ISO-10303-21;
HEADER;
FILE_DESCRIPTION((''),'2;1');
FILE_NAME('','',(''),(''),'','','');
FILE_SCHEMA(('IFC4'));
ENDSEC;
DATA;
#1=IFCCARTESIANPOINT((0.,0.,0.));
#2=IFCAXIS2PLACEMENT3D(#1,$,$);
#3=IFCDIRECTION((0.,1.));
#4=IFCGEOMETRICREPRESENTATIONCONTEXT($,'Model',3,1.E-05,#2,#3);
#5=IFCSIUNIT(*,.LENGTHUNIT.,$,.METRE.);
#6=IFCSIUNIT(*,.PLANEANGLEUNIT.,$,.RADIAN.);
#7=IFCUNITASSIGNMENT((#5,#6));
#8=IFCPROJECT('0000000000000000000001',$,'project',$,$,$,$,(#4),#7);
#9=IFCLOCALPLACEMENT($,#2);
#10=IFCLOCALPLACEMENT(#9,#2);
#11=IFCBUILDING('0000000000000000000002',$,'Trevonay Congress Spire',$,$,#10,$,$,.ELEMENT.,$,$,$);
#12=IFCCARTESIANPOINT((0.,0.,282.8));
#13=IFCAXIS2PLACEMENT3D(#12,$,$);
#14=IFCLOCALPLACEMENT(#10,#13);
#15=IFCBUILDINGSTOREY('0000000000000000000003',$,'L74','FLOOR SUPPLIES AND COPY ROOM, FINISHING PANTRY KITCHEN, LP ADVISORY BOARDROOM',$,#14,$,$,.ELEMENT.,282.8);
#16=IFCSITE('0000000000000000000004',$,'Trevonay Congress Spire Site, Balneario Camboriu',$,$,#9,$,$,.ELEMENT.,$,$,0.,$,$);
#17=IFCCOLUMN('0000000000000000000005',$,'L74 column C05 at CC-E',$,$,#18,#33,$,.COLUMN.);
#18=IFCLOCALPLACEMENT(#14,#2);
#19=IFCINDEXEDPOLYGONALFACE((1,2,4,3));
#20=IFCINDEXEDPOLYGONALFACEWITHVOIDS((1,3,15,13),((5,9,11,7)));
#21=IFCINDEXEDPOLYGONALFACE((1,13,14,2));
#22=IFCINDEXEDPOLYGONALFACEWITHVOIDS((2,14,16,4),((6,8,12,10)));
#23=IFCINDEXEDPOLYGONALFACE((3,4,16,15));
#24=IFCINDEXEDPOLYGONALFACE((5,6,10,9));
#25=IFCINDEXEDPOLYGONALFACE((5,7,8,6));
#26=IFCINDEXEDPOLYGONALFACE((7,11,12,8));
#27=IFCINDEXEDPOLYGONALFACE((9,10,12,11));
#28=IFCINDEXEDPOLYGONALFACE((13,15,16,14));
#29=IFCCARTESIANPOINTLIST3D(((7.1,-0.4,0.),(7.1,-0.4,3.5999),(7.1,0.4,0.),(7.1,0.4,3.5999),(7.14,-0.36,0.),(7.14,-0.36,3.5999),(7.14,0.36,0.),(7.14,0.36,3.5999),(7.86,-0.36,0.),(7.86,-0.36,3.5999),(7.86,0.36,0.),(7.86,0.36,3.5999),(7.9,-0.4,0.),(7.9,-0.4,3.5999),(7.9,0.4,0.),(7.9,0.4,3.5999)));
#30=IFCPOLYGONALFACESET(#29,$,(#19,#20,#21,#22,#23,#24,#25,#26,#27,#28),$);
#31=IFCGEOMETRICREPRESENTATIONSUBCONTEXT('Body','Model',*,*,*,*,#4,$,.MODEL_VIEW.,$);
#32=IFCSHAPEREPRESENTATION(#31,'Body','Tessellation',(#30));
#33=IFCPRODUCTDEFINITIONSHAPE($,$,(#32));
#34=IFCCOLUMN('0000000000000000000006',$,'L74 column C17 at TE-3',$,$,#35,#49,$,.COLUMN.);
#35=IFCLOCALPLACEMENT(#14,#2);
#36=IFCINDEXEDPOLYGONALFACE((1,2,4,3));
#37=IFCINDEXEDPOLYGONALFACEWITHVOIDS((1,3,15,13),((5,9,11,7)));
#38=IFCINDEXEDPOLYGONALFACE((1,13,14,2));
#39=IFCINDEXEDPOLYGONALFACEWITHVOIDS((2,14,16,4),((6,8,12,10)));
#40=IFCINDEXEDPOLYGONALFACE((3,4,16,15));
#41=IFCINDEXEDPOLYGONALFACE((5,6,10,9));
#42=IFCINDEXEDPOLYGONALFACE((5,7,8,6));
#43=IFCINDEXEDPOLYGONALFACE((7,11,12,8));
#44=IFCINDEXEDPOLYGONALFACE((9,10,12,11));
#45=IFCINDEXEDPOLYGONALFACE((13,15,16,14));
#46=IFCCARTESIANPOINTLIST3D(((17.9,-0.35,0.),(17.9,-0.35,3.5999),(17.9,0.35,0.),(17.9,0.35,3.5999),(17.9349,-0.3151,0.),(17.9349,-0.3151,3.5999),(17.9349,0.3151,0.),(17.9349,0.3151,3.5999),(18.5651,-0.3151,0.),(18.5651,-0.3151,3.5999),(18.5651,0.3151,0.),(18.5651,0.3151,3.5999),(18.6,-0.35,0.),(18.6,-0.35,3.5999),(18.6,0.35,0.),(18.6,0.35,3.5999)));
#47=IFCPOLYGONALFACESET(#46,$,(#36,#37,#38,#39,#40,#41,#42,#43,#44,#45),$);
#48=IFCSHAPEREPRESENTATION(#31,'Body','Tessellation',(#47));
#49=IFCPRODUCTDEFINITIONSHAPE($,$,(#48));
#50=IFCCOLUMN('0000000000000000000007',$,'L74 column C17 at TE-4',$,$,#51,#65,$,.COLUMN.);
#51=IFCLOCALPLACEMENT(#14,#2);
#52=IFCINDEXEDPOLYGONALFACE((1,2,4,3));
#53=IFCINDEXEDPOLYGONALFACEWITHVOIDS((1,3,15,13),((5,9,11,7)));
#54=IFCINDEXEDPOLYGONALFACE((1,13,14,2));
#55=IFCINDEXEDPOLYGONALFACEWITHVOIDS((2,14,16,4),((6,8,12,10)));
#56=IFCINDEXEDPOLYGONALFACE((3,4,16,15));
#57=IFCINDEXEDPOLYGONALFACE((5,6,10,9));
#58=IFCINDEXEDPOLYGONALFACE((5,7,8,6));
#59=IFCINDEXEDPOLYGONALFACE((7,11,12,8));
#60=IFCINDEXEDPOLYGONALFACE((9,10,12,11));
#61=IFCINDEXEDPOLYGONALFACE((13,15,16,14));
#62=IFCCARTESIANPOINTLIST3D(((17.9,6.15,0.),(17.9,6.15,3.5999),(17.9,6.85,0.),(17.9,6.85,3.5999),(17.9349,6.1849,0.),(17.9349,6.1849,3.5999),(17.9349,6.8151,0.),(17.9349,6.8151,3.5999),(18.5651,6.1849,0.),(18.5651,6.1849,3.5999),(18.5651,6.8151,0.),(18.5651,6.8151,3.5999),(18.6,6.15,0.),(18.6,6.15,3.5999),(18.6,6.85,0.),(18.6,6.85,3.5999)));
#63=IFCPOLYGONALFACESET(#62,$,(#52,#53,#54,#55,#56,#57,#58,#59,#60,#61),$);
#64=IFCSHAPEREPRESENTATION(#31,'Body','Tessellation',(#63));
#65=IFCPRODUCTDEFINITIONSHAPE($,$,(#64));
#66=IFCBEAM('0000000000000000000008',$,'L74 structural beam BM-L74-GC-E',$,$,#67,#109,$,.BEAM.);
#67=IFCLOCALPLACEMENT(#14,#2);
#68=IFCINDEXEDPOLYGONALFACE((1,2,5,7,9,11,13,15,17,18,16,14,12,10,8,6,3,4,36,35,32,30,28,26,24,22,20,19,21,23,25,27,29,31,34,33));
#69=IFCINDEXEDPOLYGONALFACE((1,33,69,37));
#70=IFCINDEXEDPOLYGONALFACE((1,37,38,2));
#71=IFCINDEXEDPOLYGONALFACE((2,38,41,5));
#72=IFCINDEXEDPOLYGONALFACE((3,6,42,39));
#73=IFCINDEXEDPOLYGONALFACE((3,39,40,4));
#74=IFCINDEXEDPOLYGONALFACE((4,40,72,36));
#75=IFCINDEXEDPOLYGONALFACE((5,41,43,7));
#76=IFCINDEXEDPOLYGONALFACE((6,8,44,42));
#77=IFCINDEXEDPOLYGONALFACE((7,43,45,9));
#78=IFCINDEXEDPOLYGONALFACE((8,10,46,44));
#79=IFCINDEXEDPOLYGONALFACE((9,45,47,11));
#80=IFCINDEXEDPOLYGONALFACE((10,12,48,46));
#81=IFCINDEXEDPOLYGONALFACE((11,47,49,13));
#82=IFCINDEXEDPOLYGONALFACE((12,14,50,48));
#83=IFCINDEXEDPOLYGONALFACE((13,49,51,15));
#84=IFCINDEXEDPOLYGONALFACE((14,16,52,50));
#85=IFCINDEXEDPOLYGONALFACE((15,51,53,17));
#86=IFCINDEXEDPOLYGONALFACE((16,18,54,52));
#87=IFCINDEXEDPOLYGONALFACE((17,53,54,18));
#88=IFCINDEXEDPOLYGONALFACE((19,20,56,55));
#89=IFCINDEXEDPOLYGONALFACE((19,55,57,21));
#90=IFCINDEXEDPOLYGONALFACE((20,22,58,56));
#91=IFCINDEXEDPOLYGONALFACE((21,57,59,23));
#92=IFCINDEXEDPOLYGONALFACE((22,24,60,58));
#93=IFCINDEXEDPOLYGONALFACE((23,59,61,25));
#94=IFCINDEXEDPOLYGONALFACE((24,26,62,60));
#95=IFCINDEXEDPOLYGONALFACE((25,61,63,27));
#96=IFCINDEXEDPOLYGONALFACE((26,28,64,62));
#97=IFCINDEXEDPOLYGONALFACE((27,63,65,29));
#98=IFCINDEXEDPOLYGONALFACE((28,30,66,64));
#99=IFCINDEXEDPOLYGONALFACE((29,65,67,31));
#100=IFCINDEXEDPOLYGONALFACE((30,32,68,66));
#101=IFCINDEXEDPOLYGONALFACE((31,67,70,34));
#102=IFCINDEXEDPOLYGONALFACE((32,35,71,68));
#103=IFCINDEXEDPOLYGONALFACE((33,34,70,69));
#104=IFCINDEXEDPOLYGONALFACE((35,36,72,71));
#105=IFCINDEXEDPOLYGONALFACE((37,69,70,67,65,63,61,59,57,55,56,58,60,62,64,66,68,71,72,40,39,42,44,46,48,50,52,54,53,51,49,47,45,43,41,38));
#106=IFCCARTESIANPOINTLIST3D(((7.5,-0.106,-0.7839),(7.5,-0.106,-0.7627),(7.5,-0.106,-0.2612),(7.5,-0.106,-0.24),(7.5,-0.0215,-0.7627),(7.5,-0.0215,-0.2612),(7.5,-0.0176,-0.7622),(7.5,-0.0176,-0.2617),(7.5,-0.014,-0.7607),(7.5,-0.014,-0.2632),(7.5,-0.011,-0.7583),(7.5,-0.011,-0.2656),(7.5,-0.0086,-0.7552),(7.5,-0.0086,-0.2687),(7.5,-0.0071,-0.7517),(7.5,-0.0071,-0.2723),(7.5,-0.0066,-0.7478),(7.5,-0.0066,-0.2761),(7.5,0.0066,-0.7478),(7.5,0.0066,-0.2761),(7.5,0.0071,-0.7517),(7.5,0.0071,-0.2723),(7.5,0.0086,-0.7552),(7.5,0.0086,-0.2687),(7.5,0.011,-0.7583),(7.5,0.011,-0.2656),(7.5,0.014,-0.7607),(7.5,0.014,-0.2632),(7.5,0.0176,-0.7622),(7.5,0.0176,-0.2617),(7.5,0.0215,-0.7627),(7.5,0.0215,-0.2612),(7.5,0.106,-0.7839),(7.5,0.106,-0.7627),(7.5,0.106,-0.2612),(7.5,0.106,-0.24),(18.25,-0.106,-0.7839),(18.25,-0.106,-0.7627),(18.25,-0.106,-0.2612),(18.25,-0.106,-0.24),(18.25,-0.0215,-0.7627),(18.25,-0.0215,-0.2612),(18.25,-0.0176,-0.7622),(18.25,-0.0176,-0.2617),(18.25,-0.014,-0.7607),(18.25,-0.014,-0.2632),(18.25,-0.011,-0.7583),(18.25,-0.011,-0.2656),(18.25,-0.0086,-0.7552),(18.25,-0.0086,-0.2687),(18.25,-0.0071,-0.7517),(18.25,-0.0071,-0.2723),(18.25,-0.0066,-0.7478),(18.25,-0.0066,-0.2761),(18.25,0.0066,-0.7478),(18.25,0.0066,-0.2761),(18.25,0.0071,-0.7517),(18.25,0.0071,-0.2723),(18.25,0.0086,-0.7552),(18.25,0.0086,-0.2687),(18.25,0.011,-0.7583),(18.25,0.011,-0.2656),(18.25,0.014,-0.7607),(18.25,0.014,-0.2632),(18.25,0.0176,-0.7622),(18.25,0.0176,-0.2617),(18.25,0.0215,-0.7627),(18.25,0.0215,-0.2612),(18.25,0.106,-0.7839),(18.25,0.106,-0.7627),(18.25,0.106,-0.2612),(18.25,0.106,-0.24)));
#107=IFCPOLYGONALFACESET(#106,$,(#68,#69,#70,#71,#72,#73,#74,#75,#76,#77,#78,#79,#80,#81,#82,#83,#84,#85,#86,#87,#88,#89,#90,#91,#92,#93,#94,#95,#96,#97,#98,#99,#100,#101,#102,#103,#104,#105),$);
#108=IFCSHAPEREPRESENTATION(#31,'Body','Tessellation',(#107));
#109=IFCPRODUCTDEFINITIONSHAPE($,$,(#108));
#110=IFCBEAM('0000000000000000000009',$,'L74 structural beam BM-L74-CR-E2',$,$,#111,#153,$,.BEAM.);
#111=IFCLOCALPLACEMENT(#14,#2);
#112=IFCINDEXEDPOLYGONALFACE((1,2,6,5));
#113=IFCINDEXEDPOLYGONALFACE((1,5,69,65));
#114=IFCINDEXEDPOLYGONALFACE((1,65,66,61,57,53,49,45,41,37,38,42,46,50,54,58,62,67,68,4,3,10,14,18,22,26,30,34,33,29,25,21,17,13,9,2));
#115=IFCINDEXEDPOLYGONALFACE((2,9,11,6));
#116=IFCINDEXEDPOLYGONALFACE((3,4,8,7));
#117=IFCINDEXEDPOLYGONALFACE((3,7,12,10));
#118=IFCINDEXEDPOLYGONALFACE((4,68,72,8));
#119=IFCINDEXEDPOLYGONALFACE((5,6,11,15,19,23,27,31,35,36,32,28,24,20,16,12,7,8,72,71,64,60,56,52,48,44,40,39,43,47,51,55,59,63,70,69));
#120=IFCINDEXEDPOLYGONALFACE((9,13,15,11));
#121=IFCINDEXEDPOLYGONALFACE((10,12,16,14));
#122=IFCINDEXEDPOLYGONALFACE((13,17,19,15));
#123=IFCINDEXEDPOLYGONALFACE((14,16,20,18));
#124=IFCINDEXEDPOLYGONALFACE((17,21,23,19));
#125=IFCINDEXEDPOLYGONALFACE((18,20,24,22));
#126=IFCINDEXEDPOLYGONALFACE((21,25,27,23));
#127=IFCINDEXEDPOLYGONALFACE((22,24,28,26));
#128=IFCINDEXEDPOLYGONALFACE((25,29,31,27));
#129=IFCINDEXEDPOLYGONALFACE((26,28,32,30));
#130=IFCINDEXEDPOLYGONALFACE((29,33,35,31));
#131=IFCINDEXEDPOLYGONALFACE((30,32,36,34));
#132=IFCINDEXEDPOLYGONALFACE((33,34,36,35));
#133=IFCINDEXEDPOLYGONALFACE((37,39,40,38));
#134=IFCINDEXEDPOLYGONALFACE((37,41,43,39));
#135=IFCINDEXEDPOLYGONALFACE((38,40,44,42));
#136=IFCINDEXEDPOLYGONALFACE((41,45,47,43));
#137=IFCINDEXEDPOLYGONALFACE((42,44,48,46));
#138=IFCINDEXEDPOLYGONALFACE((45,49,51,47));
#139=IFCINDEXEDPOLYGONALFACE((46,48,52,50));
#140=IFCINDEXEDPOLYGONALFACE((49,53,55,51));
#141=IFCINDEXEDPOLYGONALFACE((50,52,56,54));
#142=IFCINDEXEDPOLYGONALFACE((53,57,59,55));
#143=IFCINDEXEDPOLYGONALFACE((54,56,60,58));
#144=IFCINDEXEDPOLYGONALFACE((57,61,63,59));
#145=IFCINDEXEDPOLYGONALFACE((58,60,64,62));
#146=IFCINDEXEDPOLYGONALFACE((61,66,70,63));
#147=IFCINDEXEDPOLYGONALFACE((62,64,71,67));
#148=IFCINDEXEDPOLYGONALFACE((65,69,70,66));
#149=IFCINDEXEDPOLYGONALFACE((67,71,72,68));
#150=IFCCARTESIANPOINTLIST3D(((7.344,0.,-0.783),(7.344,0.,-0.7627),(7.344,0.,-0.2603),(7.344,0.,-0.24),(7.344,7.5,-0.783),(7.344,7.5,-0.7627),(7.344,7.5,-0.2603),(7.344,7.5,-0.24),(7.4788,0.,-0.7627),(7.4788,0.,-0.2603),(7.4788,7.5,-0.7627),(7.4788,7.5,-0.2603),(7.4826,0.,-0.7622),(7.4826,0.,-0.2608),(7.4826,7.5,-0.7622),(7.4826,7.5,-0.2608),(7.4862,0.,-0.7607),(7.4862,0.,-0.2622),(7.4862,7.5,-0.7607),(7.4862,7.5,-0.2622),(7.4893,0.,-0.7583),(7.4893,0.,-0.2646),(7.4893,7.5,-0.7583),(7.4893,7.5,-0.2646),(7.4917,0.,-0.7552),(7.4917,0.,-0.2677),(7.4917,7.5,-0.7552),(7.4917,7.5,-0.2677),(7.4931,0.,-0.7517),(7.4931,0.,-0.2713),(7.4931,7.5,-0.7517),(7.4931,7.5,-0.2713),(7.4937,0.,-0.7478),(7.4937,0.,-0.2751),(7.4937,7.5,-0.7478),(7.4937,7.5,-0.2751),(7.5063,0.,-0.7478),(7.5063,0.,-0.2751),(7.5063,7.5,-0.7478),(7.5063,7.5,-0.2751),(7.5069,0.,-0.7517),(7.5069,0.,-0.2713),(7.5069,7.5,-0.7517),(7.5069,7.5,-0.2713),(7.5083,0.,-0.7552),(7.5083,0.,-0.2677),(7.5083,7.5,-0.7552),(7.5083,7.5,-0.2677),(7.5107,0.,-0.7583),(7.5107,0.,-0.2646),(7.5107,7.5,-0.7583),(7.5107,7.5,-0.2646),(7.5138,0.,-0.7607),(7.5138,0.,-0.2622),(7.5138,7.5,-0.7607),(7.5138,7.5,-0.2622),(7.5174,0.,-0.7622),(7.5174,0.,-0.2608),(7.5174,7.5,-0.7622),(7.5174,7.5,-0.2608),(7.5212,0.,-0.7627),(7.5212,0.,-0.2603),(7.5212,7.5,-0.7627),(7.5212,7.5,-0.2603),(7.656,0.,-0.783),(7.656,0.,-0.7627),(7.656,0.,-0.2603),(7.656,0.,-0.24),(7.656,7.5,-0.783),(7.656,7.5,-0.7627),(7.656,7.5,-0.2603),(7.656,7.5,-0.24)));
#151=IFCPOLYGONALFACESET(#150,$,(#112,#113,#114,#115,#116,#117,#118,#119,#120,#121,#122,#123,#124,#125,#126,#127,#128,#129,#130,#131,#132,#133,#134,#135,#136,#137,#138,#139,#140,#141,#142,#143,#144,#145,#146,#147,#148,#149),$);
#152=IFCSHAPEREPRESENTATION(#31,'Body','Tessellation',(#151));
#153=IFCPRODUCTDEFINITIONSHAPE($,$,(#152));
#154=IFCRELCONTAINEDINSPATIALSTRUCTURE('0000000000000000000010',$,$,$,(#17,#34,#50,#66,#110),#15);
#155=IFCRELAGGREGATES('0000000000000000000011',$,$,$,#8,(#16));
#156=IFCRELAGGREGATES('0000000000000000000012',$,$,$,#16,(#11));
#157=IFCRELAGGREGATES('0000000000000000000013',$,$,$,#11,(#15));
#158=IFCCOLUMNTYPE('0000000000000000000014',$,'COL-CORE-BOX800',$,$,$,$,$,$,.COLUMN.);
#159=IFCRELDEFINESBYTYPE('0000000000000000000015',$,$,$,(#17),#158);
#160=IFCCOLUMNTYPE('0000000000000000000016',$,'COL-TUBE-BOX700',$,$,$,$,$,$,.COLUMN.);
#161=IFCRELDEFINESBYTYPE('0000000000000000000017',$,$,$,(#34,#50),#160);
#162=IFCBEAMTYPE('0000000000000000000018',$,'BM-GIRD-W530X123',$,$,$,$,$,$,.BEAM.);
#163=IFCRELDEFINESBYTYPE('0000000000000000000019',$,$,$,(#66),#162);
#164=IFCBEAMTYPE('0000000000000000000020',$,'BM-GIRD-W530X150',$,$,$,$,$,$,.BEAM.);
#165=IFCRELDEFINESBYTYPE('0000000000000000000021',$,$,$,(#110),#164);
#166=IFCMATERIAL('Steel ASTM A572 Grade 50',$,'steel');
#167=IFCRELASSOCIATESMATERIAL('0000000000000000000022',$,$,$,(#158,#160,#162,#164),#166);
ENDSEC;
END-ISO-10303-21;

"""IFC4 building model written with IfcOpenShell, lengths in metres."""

from ifc_helpers import new_model, si_unit, direction, frame, origin, origin_2d, place, context, subcontext, project, spatial, hollow_rectangle, i_section, extrude, material, material_profile, profile_set, type_object, element, save


model = new_model("IFC4")

# Units and contexts
model_context = context("Model", 3, precision=1e-05, world=origin(), true_north=direction((0.0, 1.0)))
body_context = subcontext(model_context, "Body", "Model", "MODEL_VIEW")
ifc_project = project(units=[si_unit("LENGTHUNIT", "METRE"), si_unit("PLANEANGLEUNIT", "RADIAN")], contexts=[model_context])

# Site, building, storey
site_placement = place(None, origin())
site = spatial("IfcSite", under=ifc_project, at=site_placement, Name="Trevonay Congress Spire Site, Balneario Camboriu", CompositionType="ELEMENT", RefElevation=0.0)
building_placement = place(site_placement, origin())
building = spatial("IfcBuilding", under=site, at=building_placement, Name="Trevonay Congress Spire", CompositionType="ELEMENT")
storey_placement = place(building_placement, frame((0.0, 0.0, 282.8)))
storey = spatial("IfcBuildingStorey", under=building, at=storey_placement, Name="L74", Description="FLOOR SUPPLIES AND COPY ROOM, FINISHING PANTRY KITCHEN, LP ADVISORY BOARDROOM", CompositionType="ELEMENT", Elevation=282.8)

# Columns
ifc_material_1 = material(Name="Steel ASTM A572 Grade 50", Category="steel")
ifc_material_profile_1 = material_profile(ifc_material_1, hollow_rectangle(XDim=0.8, YDim=0.8, WallThickness=0.04, at=origin_2d()), Name="BOX 800x800x40")
ifc_profile_set_1 = profile_set([ifc_material_profile_1], Name="Steel ASTM A572 Grade 50")
column_type_1 = type_object("IfcColumnType", Name="COL-CORE-BOX800", PredefinedType="COLUMN", material=ifc_profile_set_1)
column_placement = place(storey_placement, frame((7.5, 0.0, 0.0), z_axis=(0.0, 0.0, 1.0), x_axis=(1.0, 0.0, 0.0)))
element("IfcColumn", 1, at=column_placement, inside=storey, type_object=column_type_1, Name="L74 column C05 at CC-E", PredefinedType="COLUMN", context=body_context, shape_type="SweptSolid", body=[
    extrude(hollow_rectangle(XDim=0.8, YDim=0.8, WallThickness=0.04, at=origin_2d()), origin(), (0.0, 0.0, 1.0), 3.5999),
])
ifc_material_profile_2 = material_profile(ifc_material_1, hollow_rectangle(XDim=0.7, YDim=0.7, WallThickness=0.0349, at=origin_2d()), Name="BOX 700x700x35")
ifc_profile_set_2 = profile_set([ifc_material_profile_2], Name="Steel ASTM A572 Grade 50")
column_type_2 = type_object("IfcColumnType", Name="COL-TUBE-BOX700", PredefinedType="COLUMN", material=ifc_profile_set_2)
for number, where, z_axis, x_axis, name in (
    (2, (18.25, 0.0, 0.0), (0.0, 0.0, 1.0), (1.0, 0.0, 0.0), "L74 column C17 at TE-3"),
    (3, (18.25, 6.5, 0.0), (0.0, 0.0, 1.0), (1.0, 0.0, 0.0), "L74 column C17 at TE-4"),
):
    element("IfcColumn", number, at=place(storey_placement, frame(where, z_axis=z_axis, x_axis=x_axis)), inside=storey, type_object=column_type_2, Name=name, PredefinedType="COLUMN", context=body_context, shape_type="SweptSolid", body=[
        extrude(hollow_rectangle(XDim=0.7, YDim=0.7, WallThickness=0.0349, at=origin_2d()), origin(), (0.0, 0.0, 1.0), 3.5999),
    ])

# Beams
ifc_material_profile_3 = material_profile(ifc_material_1, i_section(OverallWidth=0.2119, OverallDepth=0.5439, WebThickness=0.0132, FlangeThickness=0.0212, FilletRadius=0.0149, at=origin_2d()), Name="W530x123")
ifc_profile_set_3 = profile_set([ifc_material_profile_3], Name="Steel ASTM A572 Grade 50")
beam_type_1 = type_object("IfcBeamType", Name="BM-GIRD-W530X123", PredefinedType="BEAM", material=ifc_profile_set_3)
beam_1_placement = place(storey_placement, frame((7.5, 0.0, -0.512), z_axis=(1.0, 0.0, 0.0), x_axis=(0.0, 1.0, 0.0)))
element("IfcBeam", 4, at=beam_1_placement, inside=storey, type_object=beam_type_1, Name="L74 structural beam BM-L74-GC-E", PredefinedType="BEAM", context=body_context, shape_type="SweptSolid", body=[
    extrude(i_section(OverallWidth=0.2119, OverallDepth=0.5439, WebThickness=0.0132, FlangeThickness=0.0212, FilletRadius=0.0149, at=origin_2d()), origin(), (0.0, 0.0, 1.0), 10.75),
])
ifc_material_profile_4 = material_profile(ifc_material_1, i_section(OverallWidth=0.312, OverallDepth=0.543, WebThickness=0.0127, FlangeThickness=0.0203, FilletRadius=0.0149, at=origin_2d()), Name="W530x150")
ifc_profile_set_4 = profile_set([ifc_material_profile_4], Name="Steel ASTM A572 Grade 50")
beam_type_2 = type_object("IfcBeamType", Name="BM-GIRD-W530X150", PredefinedType="BEAM", material=ifc_profile_set_4)
beam_2_placement = place(storey_placement, frame((7.5, 0.0, -0.5115), z_axis=(0.0, 1.0, 0.0), x_axis=(-1.0, 0.0, 0.0)))
element("IfcBeam", 5, at=beam_2_placement, inside=storey, type_object=beam_type_2, Name="L74 structural beam BM-L74-CR-E2", PredefinedType="BEAM", context=body_context, shape_type="SweptSolid", body=[
    extrude(i_section(OverallWidth=0.312, OverallDepth=0.543, WebThickness=0.0127, FlangeThickness=0.0203, FilletRadius=0.0149, at=origin_2d()), origin(), (0.0, 0.0, 1.0), 7.5),
])

save(model, "model.ifc")
